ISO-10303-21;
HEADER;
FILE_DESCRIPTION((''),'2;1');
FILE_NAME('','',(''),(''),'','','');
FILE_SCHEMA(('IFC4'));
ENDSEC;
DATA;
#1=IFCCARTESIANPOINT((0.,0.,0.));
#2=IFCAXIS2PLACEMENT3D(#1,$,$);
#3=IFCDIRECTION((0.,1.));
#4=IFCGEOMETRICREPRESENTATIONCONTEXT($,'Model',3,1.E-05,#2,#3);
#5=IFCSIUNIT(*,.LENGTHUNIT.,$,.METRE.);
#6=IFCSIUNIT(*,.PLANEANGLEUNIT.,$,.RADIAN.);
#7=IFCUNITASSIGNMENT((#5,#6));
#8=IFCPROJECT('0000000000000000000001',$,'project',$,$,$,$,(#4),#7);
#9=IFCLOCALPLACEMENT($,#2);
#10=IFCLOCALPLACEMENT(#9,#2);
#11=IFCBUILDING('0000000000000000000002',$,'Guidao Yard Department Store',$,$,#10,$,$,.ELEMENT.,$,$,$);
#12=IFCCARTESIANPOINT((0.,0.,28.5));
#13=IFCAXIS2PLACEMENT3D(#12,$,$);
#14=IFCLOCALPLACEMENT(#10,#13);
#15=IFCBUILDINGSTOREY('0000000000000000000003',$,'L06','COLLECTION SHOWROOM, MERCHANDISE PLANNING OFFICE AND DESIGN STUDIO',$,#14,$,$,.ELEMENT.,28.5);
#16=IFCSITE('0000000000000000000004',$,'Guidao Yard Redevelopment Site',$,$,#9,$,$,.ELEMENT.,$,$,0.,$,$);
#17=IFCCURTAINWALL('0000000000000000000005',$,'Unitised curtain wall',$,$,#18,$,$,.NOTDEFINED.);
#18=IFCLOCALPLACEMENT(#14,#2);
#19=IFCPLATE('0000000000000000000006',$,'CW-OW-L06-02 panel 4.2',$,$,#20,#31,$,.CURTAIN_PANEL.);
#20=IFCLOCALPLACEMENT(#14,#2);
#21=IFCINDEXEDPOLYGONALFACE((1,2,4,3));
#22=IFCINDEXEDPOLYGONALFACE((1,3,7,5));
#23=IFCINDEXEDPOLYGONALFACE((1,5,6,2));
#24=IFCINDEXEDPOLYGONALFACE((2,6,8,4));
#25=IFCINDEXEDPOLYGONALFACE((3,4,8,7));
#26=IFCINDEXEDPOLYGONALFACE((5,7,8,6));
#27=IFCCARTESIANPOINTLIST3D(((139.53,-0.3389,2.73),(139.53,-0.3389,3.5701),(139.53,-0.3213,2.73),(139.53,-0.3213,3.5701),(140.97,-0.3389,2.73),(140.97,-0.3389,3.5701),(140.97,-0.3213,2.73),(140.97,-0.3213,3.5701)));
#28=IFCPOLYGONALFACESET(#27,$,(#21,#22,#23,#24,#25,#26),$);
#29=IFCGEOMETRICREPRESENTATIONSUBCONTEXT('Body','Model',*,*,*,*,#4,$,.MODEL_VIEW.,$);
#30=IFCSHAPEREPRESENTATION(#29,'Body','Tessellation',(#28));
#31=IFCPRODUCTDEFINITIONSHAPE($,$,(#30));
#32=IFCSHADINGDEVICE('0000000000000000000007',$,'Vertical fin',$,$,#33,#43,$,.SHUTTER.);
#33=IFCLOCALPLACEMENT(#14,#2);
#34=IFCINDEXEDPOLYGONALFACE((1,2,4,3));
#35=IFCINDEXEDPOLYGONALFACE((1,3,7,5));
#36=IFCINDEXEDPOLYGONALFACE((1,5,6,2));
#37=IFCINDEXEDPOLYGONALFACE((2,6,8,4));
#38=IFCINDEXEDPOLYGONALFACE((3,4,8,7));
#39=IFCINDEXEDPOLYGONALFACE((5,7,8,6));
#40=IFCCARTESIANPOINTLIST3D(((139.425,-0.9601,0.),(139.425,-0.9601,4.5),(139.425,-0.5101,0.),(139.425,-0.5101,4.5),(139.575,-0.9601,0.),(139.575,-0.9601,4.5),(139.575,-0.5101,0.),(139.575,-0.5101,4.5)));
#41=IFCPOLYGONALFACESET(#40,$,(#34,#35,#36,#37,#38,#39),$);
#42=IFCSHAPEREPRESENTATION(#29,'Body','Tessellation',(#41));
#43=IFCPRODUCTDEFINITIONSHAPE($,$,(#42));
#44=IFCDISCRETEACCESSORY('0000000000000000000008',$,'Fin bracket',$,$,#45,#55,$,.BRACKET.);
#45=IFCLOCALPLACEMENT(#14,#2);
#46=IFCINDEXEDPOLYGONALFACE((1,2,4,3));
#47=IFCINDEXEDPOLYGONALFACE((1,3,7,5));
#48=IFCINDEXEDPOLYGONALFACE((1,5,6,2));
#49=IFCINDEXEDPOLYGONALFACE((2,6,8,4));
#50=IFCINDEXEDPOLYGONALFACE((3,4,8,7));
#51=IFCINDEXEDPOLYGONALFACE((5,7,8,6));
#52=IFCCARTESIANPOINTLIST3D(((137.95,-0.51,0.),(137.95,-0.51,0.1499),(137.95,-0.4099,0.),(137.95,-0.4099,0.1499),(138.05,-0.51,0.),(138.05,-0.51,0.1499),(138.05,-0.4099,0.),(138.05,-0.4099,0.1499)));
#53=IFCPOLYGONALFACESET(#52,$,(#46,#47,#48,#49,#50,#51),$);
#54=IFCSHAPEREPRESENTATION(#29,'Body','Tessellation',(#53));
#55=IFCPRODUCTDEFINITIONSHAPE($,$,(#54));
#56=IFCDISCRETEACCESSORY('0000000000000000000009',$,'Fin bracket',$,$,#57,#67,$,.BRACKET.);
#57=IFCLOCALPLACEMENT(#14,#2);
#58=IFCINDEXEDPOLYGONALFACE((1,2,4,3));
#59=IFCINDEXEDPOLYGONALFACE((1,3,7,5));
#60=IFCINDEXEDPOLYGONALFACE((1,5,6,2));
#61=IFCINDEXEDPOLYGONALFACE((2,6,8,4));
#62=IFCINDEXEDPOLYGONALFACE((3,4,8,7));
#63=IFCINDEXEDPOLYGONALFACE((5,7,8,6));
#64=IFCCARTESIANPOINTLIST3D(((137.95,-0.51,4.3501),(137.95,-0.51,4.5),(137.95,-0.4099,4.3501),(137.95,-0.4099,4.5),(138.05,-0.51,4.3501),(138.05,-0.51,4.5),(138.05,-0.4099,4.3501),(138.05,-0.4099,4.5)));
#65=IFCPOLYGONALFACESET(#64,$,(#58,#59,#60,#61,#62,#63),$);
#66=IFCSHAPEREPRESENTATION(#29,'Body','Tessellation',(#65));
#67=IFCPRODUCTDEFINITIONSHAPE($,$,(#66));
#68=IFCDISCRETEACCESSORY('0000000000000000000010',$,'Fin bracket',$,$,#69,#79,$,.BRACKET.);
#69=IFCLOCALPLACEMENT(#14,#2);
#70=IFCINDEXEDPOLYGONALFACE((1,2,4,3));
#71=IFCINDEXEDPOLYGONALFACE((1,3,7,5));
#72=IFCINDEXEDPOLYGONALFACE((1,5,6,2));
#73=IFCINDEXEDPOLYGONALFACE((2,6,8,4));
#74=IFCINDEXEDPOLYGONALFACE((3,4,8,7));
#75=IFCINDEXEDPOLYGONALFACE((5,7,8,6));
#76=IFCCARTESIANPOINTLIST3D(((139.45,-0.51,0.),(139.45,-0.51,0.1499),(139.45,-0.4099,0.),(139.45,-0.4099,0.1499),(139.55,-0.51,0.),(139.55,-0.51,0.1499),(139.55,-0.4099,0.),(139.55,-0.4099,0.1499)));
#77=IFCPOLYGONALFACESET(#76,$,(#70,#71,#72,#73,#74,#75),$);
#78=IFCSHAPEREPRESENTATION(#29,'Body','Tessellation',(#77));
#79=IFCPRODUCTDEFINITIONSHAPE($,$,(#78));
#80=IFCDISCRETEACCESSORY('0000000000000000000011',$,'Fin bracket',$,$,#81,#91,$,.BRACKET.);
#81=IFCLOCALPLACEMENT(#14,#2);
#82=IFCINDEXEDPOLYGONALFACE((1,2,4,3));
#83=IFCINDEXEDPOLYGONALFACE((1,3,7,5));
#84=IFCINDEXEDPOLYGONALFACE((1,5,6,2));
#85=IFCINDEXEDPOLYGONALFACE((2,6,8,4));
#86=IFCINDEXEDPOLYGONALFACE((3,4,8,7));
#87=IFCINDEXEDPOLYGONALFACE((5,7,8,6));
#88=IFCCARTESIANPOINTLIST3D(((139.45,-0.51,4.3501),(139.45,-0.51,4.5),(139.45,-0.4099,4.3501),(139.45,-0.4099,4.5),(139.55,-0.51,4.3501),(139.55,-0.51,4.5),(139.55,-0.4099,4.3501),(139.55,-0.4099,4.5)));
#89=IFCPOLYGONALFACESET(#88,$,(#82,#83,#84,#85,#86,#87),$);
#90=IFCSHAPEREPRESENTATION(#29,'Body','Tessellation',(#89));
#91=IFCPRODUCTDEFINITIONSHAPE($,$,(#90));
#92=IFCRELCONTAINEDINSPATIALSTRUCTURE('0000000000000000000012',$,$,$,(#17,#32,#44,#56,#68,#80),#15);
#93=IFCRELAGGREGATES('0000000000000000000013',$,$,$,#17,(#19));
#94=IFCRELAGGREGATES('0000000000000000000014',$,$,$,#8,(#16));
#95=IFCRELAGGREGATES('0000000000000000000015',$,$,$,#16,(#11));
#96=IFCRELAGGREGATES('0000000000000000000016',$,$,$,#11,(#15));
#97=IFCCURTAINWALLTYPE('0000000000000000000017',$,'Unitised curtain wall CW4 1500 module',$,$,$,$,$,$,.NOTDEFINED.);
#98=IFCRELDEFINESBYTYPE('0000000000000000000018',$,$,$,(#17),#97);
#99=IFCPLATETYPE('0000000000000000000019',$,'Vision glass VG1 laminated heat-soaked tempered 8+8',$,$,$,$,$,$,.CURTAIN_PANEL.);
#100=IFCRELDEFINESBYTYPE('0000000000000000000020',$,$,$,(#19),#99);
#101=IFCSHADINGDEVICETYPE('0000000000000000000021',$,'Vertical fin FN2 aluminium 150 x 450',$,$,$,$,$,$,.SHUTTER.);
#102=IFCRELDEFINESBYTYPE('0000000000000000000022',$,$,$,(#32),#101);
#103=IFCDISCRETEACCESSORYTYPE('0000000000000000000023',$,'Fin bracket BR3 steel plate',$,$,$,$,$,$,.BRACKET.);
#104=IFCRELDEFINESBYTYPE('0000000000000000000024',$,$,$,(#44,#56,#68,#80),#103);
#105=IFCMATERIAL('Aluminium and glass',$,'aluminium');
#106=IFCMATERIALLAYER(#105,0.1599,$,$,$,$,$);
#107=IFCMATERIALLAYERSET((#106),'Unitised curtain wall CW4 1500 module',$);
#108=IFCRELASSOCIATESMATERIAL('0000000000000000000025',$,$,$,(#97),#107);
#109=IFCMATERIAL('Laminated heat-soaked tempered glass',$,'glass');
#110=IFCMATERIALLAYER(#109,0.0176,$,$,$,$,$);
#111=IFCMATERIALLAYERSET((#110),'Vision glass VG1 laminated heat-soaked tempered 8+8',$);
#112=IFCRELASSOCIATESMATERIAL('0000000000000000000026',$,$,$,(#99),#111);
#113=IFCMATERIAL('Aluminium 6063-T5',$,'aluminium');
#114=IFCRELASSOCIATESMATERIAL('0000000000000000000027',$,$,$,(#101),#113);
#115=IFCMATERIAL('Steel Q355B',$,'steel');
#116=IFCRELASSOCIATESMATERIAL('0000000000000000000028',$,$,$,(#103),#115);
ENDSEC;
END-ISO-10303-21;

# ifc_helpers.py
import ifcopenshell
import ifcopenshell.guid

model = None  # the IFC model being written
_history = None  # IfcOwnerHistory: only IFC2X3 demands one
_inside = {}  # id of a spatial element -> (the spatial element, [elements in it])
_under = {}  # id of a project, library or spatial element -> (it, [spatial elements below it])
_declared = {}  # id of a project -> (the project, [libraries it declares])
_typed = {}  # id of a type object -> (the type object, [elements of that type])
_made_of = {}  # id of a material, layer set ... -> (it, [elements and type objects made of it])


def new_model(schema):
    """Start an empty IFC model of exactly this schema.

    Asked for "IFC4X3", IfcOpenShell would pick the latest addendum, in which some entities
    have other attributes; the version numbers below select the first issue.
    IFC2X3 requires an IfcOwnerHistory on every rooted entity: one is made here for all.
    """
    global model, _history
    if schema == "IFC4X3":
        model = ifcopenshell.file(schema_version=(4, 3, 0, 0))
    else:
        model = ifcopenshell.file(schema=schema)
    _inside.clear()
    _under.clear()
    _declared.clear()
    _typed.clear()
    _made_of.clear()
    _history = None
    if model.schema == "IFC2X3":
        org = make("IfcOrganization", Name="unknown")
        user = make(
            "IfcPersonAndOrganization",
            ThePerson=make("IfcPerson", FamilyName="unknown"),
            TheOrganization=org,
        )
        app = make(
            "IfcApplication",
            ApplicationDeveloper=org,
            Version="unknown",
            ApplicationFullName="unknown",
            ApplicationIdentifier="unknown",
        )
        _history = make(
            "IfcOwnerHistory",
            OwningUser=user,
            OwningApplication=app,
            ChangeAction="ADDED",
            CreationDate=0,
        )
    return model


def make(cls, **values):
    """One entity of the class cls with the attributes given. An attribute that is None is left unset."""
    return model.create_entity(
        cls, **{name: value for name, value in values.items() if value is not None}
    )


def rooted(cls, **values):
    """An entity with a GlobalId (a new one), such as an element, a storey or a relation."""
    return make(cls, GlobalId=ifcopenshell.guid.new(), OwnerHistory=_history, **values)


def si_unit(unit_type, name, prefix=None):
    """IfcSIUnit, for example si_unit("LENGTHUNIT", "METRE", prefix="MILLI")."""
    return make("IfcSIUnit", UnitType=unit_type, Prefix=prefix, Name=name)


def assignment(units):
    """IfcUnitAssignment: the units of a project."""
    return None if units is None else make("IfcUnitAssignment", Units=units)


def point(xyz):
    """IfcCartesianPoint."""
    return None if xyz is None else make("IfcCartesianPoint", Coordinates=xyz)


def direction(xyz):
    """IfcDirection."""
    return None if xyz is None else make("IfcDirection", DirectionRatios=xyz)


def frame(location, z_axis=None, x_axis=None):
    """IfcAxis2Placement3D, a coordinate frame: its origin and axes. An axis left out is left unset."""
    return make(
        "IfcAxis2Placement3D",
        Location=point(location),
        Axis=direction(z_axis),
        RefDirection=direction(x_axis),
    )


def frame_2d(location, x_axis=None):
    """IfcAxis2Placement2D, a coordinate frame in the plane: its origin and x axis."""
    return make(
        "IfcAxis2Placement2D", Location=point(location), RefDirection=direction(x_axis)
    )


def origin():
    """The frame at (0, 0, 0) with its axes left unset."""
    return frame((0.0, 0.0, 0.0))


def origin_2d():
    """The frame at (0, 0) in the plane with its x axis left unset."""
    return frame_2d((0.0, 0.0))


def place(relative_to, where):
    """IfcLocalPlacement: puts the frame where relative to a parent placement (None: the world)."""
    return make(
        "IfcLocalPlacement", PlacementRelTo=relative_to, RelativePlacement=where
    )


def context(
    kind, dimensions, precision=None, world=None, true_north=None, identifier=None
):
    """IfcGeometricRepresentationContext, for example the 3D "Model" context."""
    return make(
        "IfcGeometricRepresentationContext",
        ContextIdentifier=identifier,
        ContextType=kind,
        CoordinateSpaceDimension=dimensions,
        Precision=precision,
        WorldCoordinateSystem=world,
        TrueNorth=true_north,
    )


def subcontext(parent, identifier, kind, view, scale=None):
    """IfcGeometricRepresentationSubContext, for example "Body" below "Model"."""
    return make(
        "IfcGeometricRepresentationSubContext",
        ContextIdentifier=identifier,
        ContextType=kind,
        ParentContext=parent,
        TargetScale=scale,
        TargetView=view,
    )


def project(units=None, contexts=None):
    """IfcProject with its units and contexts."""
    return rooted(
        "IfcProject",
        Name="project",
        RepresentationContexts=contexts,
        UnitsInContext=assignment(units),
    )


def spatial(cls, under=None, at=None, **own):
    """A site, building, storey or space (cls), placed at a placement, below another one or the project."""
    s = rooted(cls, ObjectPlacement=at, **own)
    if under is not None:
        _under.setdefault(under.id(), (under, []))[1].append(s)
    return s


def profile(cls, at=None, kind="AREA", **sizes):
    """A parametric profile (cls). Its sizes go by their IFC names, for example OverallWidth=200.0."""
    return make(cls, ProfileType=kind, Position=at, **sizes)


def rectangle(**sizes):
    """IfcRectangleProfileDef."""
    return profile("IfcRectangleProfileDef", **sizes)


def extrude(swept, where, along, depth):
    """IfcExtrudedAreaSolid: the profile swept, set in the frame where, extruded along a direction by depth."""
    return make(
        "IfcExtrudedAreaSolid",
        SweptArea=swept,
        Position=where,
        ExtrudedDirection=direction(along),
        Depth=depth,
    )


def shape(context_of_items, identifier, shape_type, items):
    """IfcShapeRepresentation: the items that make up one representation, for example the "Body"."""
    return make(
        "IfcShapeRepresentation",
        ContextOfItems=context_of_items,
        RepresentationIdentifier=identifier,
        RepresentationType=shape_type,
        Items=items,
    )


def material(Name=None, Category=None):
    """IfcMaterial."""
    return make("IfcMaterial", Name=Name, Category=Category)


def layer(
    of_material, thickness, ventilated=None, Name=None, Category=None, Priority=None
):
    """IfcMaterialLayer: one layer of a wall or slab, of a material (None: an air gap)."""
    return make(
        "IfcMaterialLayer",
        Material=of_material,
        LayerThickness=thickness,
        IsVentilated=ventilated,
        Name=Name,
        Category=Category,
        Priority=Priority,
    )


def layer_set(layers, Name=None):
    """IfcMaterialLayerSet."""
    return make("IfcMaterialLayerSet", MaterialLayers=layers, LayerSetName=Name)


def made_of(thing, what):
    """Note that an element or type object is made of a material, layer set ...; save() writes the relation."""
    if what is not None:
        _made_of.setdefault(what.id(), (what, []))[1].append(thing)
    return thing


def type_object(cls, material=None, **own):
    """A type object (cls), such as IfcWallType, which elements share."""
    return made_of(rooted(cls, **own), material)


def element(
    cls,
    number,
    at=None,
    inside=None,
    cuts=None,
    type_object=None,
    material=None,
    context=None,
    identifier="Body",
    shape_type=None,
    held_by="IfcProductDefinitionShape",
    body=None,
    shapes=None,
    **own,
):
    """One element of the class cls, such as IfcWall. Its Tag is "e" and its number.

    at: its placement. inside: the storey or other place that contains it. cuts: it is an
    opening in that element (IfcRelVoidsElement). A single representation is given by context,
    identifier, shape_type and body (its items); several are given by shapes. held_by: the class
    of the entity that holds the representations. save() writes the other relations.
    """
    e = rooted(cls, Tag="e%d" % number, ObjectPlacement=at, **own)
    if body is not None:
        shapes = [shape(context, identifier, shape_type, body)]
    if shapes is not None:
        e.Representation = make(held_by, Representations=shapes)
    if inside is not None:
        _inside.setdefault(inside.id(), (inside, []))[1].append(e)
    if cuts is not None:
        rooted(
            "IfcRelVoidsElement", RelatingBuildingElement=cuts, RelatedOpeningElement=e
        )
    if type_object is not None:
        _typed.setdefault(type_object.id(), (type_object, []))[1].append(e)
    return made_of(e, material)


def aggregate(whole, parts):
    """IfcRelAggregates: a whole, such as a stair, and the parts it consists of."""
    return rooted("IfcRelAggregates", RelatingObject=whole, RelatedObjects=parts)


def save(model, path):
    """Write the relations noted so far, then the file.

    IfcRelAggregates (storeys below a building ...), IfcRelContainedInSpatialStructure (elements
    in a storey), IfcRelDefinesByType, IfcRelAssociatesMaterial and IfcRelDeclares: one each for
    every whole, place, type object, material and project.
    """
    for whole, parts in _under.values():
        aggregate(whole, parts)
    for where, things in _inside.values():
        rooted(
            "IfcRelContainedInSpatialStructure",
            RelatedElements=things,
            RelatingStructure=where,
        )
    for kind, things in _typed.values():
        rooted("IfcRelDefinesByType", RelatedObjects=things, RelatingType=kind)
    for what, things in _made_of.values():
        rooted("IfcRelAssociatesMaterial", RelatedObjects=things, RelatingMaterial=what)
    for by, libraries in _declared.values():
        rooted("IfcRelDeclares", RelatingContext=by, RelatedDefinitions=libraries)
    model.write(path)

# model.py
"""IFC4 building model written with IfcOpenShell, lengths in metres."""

from ifc_helpers import new_model, si_unit, direction, frame, origin, origin_2d, place, context, subcontext, project, spatial, rectangle, extrude, material, layer, layer_set, type_object, element, aggregate, save


model = new_model("IFC4")

# Units and contexts
model_context = context("Model", 3, precision=1e-05, world=origin(), true_north=direction((0.0, 1.0)))
body_context = subcontext(model_context, "Body", "Model", "MODEL_VIEW")
ifc_project = project(units=[si_unit("LENGTHUNIT", "METRE"), si_unit("PLANEANGLEUNIT", "RADIAN")], contexts=[model_context])

# Site, building, storey
site_placement = place(None, origin())
site = spatial("IfcSite", under=ifc_project, at=site_placement, Name="Guidao Yard Redevelopment Site", CompositionType="ELEMENT", RefElevation=0.0)
building_placement = place(site_placement, origin())
building = spatial("IfcBuilding", under=site, at=building_placement, Name="Guidao Yard Department Store", CompositionType="ELEMENT")
storey_placement = place(building_placement, frame((0.0, 0.0, 28.5)))
storey = spatial("IfcBuildingStorey", under=building, at=storey_placement, Name="L06", Description="COLLECTION SHOWROOM, MERCHANDISE PLANNING OFFICE AND DESIGN STUDIO", CompositionType="ELEMENT", Elevation=28.5)

# Curtain wall, plate
ifc_material_1 = material(Name="Aluminium and glass", Category="aluminium")
ifc_layer_1 = layer(ifc_material_1, 0.1599)
ifc_layer_set_1 = layer_set([ifc_layer_1], Name="Unitised curtain wall CW4 1500 module")
curtain_wall_type = type_object("IfcCurtainWallType", Name="Unitised curtain wall CW4 1500 module", PredefinedType="NOTDEFINED", material=ifc_layer_set_1)
curtain_wall_placement = place(storey_placement, origin())
curtain_wall = element("IfcCurtainWall", 1, at=curtain_wall_placement, inside=storey, type_object=curtain_wall_type, Name="Unitised curtain wall", PredefinedType="NOTDEFINED")
ifc_material_2 = material(Name="Laminated heat-soaked tempered glass", Category="glass")
ifc_layer_2 = layer(ifc_material_2, 0.0176)
ifc_layer_set_2 = layer_set([ifc_layer_2], Name="Vision glass VG1 laminated heat-soaked tempered 8+8")
plate_type_1 = type_object("IfcPlateType", Name="Vision glass VG1 laminated heat-soaked tempered 8+8", PredefinedType="CURTAIN_PANEL", material=ifc_layer_set_2)
plate_1_placement = place(storey_placement, frame((140.25, -0.3301, 2.73), z_axis=(0.0, 0.0, 1.0), x_axis=(-1.0, 0.0, 0.0)))
plate_1 = element("IfcPlate", 2, at=plate_1_placement, type_object=plate_type_1, Name="CW-OW-L06-02 panel 4.2", PredefinedType="CURTAIN_PANEL", context=body_context, shape_type="SweptSolid", body=[
    extrude(rectangle(XDim=1.4399, YDim=0.0176, at=origin_2d()), origin(), (0.0, 0.0, 1.0), 0.8401),
])
aggregate(curtain_wall, [plate_1])

# Shading device
ifc_material_3 = material(Name="Aluminium 6063-T5", Category="aluminium")
shading_device_type = type_object("IfcShadingDeviceType", Name="Vertical fin FN2 aluminium 150 x 450", PredefinedType="SHUTTER", material=ifc_material_3)
shading_device_placement = place(storey_placement, frame((139.5, -0.7351, 0.0), z_axis=(0.0, 0.0, 1.0), x_axis=(-1.0, 0.0, 0.0)))
element("IfcShadingDevice", 3, at=shading_device_placement, inside=storey, type_object=shading_device_type, Name="Vertical fin", PredefinedType="SHUTTER", context=body_context, shape_type="SweptSolid", body=[
    extrude(rectangle(XDim=0.1499, YDim=0.45, at=origin_2d()), origin(), (0.0, 0.0, 1.0), 4.5),
])

# Discrete accessories
ifc_material_4 = material(Name="Steel Q355B", Category="steel")
discrete_accessory_type = type_object("IfcDiscreteAccessoryType", Name="Fin bracket BR3 steel plate", PredefinedType="BRACKET", material=ifc_material_4)
for number, where, z_axis, x_axis, name in (
    (4, (138.0, -0.46, 0.0), (0.0, 0.0, 1.0), (-1.0, 0.0, 0.0), "Fin bracket"),
    (5, (138.0, -0.46, 4.3501), (0.0, 0.0, 1.0), (-1.0, 0.0, 0.0), "Fin bracket"),
    (6, (139.5, -0.46, 0.0), (0.0, 0.0, 1.0), (-1.0, 0.0, 0.0), "Fin bracket"),
    (7, (139.5, -0.46, 4.3501), (0.0, 0.0, 1.0), (-1.0, 0.0, 0.0), "Fin bracket"),
):
    element("IfcDiscreteAccessory", number, at=place(storey_placement, frame(where, z_axis=z_axis, x_axis=x_axis)), inside=storey, type_object=discrete_accessory_type, Name=name, PredefinedType="BRACKET", context=body_context, shape_type="SweptSolid", body=[
        extrude(rectangle(XDim=0.1001, YDim=0.1001, at=origin_2d()), origin(), (0.0, 0.0, 1.0), 0.1499),
    ])

save(model, "model.ifc")
